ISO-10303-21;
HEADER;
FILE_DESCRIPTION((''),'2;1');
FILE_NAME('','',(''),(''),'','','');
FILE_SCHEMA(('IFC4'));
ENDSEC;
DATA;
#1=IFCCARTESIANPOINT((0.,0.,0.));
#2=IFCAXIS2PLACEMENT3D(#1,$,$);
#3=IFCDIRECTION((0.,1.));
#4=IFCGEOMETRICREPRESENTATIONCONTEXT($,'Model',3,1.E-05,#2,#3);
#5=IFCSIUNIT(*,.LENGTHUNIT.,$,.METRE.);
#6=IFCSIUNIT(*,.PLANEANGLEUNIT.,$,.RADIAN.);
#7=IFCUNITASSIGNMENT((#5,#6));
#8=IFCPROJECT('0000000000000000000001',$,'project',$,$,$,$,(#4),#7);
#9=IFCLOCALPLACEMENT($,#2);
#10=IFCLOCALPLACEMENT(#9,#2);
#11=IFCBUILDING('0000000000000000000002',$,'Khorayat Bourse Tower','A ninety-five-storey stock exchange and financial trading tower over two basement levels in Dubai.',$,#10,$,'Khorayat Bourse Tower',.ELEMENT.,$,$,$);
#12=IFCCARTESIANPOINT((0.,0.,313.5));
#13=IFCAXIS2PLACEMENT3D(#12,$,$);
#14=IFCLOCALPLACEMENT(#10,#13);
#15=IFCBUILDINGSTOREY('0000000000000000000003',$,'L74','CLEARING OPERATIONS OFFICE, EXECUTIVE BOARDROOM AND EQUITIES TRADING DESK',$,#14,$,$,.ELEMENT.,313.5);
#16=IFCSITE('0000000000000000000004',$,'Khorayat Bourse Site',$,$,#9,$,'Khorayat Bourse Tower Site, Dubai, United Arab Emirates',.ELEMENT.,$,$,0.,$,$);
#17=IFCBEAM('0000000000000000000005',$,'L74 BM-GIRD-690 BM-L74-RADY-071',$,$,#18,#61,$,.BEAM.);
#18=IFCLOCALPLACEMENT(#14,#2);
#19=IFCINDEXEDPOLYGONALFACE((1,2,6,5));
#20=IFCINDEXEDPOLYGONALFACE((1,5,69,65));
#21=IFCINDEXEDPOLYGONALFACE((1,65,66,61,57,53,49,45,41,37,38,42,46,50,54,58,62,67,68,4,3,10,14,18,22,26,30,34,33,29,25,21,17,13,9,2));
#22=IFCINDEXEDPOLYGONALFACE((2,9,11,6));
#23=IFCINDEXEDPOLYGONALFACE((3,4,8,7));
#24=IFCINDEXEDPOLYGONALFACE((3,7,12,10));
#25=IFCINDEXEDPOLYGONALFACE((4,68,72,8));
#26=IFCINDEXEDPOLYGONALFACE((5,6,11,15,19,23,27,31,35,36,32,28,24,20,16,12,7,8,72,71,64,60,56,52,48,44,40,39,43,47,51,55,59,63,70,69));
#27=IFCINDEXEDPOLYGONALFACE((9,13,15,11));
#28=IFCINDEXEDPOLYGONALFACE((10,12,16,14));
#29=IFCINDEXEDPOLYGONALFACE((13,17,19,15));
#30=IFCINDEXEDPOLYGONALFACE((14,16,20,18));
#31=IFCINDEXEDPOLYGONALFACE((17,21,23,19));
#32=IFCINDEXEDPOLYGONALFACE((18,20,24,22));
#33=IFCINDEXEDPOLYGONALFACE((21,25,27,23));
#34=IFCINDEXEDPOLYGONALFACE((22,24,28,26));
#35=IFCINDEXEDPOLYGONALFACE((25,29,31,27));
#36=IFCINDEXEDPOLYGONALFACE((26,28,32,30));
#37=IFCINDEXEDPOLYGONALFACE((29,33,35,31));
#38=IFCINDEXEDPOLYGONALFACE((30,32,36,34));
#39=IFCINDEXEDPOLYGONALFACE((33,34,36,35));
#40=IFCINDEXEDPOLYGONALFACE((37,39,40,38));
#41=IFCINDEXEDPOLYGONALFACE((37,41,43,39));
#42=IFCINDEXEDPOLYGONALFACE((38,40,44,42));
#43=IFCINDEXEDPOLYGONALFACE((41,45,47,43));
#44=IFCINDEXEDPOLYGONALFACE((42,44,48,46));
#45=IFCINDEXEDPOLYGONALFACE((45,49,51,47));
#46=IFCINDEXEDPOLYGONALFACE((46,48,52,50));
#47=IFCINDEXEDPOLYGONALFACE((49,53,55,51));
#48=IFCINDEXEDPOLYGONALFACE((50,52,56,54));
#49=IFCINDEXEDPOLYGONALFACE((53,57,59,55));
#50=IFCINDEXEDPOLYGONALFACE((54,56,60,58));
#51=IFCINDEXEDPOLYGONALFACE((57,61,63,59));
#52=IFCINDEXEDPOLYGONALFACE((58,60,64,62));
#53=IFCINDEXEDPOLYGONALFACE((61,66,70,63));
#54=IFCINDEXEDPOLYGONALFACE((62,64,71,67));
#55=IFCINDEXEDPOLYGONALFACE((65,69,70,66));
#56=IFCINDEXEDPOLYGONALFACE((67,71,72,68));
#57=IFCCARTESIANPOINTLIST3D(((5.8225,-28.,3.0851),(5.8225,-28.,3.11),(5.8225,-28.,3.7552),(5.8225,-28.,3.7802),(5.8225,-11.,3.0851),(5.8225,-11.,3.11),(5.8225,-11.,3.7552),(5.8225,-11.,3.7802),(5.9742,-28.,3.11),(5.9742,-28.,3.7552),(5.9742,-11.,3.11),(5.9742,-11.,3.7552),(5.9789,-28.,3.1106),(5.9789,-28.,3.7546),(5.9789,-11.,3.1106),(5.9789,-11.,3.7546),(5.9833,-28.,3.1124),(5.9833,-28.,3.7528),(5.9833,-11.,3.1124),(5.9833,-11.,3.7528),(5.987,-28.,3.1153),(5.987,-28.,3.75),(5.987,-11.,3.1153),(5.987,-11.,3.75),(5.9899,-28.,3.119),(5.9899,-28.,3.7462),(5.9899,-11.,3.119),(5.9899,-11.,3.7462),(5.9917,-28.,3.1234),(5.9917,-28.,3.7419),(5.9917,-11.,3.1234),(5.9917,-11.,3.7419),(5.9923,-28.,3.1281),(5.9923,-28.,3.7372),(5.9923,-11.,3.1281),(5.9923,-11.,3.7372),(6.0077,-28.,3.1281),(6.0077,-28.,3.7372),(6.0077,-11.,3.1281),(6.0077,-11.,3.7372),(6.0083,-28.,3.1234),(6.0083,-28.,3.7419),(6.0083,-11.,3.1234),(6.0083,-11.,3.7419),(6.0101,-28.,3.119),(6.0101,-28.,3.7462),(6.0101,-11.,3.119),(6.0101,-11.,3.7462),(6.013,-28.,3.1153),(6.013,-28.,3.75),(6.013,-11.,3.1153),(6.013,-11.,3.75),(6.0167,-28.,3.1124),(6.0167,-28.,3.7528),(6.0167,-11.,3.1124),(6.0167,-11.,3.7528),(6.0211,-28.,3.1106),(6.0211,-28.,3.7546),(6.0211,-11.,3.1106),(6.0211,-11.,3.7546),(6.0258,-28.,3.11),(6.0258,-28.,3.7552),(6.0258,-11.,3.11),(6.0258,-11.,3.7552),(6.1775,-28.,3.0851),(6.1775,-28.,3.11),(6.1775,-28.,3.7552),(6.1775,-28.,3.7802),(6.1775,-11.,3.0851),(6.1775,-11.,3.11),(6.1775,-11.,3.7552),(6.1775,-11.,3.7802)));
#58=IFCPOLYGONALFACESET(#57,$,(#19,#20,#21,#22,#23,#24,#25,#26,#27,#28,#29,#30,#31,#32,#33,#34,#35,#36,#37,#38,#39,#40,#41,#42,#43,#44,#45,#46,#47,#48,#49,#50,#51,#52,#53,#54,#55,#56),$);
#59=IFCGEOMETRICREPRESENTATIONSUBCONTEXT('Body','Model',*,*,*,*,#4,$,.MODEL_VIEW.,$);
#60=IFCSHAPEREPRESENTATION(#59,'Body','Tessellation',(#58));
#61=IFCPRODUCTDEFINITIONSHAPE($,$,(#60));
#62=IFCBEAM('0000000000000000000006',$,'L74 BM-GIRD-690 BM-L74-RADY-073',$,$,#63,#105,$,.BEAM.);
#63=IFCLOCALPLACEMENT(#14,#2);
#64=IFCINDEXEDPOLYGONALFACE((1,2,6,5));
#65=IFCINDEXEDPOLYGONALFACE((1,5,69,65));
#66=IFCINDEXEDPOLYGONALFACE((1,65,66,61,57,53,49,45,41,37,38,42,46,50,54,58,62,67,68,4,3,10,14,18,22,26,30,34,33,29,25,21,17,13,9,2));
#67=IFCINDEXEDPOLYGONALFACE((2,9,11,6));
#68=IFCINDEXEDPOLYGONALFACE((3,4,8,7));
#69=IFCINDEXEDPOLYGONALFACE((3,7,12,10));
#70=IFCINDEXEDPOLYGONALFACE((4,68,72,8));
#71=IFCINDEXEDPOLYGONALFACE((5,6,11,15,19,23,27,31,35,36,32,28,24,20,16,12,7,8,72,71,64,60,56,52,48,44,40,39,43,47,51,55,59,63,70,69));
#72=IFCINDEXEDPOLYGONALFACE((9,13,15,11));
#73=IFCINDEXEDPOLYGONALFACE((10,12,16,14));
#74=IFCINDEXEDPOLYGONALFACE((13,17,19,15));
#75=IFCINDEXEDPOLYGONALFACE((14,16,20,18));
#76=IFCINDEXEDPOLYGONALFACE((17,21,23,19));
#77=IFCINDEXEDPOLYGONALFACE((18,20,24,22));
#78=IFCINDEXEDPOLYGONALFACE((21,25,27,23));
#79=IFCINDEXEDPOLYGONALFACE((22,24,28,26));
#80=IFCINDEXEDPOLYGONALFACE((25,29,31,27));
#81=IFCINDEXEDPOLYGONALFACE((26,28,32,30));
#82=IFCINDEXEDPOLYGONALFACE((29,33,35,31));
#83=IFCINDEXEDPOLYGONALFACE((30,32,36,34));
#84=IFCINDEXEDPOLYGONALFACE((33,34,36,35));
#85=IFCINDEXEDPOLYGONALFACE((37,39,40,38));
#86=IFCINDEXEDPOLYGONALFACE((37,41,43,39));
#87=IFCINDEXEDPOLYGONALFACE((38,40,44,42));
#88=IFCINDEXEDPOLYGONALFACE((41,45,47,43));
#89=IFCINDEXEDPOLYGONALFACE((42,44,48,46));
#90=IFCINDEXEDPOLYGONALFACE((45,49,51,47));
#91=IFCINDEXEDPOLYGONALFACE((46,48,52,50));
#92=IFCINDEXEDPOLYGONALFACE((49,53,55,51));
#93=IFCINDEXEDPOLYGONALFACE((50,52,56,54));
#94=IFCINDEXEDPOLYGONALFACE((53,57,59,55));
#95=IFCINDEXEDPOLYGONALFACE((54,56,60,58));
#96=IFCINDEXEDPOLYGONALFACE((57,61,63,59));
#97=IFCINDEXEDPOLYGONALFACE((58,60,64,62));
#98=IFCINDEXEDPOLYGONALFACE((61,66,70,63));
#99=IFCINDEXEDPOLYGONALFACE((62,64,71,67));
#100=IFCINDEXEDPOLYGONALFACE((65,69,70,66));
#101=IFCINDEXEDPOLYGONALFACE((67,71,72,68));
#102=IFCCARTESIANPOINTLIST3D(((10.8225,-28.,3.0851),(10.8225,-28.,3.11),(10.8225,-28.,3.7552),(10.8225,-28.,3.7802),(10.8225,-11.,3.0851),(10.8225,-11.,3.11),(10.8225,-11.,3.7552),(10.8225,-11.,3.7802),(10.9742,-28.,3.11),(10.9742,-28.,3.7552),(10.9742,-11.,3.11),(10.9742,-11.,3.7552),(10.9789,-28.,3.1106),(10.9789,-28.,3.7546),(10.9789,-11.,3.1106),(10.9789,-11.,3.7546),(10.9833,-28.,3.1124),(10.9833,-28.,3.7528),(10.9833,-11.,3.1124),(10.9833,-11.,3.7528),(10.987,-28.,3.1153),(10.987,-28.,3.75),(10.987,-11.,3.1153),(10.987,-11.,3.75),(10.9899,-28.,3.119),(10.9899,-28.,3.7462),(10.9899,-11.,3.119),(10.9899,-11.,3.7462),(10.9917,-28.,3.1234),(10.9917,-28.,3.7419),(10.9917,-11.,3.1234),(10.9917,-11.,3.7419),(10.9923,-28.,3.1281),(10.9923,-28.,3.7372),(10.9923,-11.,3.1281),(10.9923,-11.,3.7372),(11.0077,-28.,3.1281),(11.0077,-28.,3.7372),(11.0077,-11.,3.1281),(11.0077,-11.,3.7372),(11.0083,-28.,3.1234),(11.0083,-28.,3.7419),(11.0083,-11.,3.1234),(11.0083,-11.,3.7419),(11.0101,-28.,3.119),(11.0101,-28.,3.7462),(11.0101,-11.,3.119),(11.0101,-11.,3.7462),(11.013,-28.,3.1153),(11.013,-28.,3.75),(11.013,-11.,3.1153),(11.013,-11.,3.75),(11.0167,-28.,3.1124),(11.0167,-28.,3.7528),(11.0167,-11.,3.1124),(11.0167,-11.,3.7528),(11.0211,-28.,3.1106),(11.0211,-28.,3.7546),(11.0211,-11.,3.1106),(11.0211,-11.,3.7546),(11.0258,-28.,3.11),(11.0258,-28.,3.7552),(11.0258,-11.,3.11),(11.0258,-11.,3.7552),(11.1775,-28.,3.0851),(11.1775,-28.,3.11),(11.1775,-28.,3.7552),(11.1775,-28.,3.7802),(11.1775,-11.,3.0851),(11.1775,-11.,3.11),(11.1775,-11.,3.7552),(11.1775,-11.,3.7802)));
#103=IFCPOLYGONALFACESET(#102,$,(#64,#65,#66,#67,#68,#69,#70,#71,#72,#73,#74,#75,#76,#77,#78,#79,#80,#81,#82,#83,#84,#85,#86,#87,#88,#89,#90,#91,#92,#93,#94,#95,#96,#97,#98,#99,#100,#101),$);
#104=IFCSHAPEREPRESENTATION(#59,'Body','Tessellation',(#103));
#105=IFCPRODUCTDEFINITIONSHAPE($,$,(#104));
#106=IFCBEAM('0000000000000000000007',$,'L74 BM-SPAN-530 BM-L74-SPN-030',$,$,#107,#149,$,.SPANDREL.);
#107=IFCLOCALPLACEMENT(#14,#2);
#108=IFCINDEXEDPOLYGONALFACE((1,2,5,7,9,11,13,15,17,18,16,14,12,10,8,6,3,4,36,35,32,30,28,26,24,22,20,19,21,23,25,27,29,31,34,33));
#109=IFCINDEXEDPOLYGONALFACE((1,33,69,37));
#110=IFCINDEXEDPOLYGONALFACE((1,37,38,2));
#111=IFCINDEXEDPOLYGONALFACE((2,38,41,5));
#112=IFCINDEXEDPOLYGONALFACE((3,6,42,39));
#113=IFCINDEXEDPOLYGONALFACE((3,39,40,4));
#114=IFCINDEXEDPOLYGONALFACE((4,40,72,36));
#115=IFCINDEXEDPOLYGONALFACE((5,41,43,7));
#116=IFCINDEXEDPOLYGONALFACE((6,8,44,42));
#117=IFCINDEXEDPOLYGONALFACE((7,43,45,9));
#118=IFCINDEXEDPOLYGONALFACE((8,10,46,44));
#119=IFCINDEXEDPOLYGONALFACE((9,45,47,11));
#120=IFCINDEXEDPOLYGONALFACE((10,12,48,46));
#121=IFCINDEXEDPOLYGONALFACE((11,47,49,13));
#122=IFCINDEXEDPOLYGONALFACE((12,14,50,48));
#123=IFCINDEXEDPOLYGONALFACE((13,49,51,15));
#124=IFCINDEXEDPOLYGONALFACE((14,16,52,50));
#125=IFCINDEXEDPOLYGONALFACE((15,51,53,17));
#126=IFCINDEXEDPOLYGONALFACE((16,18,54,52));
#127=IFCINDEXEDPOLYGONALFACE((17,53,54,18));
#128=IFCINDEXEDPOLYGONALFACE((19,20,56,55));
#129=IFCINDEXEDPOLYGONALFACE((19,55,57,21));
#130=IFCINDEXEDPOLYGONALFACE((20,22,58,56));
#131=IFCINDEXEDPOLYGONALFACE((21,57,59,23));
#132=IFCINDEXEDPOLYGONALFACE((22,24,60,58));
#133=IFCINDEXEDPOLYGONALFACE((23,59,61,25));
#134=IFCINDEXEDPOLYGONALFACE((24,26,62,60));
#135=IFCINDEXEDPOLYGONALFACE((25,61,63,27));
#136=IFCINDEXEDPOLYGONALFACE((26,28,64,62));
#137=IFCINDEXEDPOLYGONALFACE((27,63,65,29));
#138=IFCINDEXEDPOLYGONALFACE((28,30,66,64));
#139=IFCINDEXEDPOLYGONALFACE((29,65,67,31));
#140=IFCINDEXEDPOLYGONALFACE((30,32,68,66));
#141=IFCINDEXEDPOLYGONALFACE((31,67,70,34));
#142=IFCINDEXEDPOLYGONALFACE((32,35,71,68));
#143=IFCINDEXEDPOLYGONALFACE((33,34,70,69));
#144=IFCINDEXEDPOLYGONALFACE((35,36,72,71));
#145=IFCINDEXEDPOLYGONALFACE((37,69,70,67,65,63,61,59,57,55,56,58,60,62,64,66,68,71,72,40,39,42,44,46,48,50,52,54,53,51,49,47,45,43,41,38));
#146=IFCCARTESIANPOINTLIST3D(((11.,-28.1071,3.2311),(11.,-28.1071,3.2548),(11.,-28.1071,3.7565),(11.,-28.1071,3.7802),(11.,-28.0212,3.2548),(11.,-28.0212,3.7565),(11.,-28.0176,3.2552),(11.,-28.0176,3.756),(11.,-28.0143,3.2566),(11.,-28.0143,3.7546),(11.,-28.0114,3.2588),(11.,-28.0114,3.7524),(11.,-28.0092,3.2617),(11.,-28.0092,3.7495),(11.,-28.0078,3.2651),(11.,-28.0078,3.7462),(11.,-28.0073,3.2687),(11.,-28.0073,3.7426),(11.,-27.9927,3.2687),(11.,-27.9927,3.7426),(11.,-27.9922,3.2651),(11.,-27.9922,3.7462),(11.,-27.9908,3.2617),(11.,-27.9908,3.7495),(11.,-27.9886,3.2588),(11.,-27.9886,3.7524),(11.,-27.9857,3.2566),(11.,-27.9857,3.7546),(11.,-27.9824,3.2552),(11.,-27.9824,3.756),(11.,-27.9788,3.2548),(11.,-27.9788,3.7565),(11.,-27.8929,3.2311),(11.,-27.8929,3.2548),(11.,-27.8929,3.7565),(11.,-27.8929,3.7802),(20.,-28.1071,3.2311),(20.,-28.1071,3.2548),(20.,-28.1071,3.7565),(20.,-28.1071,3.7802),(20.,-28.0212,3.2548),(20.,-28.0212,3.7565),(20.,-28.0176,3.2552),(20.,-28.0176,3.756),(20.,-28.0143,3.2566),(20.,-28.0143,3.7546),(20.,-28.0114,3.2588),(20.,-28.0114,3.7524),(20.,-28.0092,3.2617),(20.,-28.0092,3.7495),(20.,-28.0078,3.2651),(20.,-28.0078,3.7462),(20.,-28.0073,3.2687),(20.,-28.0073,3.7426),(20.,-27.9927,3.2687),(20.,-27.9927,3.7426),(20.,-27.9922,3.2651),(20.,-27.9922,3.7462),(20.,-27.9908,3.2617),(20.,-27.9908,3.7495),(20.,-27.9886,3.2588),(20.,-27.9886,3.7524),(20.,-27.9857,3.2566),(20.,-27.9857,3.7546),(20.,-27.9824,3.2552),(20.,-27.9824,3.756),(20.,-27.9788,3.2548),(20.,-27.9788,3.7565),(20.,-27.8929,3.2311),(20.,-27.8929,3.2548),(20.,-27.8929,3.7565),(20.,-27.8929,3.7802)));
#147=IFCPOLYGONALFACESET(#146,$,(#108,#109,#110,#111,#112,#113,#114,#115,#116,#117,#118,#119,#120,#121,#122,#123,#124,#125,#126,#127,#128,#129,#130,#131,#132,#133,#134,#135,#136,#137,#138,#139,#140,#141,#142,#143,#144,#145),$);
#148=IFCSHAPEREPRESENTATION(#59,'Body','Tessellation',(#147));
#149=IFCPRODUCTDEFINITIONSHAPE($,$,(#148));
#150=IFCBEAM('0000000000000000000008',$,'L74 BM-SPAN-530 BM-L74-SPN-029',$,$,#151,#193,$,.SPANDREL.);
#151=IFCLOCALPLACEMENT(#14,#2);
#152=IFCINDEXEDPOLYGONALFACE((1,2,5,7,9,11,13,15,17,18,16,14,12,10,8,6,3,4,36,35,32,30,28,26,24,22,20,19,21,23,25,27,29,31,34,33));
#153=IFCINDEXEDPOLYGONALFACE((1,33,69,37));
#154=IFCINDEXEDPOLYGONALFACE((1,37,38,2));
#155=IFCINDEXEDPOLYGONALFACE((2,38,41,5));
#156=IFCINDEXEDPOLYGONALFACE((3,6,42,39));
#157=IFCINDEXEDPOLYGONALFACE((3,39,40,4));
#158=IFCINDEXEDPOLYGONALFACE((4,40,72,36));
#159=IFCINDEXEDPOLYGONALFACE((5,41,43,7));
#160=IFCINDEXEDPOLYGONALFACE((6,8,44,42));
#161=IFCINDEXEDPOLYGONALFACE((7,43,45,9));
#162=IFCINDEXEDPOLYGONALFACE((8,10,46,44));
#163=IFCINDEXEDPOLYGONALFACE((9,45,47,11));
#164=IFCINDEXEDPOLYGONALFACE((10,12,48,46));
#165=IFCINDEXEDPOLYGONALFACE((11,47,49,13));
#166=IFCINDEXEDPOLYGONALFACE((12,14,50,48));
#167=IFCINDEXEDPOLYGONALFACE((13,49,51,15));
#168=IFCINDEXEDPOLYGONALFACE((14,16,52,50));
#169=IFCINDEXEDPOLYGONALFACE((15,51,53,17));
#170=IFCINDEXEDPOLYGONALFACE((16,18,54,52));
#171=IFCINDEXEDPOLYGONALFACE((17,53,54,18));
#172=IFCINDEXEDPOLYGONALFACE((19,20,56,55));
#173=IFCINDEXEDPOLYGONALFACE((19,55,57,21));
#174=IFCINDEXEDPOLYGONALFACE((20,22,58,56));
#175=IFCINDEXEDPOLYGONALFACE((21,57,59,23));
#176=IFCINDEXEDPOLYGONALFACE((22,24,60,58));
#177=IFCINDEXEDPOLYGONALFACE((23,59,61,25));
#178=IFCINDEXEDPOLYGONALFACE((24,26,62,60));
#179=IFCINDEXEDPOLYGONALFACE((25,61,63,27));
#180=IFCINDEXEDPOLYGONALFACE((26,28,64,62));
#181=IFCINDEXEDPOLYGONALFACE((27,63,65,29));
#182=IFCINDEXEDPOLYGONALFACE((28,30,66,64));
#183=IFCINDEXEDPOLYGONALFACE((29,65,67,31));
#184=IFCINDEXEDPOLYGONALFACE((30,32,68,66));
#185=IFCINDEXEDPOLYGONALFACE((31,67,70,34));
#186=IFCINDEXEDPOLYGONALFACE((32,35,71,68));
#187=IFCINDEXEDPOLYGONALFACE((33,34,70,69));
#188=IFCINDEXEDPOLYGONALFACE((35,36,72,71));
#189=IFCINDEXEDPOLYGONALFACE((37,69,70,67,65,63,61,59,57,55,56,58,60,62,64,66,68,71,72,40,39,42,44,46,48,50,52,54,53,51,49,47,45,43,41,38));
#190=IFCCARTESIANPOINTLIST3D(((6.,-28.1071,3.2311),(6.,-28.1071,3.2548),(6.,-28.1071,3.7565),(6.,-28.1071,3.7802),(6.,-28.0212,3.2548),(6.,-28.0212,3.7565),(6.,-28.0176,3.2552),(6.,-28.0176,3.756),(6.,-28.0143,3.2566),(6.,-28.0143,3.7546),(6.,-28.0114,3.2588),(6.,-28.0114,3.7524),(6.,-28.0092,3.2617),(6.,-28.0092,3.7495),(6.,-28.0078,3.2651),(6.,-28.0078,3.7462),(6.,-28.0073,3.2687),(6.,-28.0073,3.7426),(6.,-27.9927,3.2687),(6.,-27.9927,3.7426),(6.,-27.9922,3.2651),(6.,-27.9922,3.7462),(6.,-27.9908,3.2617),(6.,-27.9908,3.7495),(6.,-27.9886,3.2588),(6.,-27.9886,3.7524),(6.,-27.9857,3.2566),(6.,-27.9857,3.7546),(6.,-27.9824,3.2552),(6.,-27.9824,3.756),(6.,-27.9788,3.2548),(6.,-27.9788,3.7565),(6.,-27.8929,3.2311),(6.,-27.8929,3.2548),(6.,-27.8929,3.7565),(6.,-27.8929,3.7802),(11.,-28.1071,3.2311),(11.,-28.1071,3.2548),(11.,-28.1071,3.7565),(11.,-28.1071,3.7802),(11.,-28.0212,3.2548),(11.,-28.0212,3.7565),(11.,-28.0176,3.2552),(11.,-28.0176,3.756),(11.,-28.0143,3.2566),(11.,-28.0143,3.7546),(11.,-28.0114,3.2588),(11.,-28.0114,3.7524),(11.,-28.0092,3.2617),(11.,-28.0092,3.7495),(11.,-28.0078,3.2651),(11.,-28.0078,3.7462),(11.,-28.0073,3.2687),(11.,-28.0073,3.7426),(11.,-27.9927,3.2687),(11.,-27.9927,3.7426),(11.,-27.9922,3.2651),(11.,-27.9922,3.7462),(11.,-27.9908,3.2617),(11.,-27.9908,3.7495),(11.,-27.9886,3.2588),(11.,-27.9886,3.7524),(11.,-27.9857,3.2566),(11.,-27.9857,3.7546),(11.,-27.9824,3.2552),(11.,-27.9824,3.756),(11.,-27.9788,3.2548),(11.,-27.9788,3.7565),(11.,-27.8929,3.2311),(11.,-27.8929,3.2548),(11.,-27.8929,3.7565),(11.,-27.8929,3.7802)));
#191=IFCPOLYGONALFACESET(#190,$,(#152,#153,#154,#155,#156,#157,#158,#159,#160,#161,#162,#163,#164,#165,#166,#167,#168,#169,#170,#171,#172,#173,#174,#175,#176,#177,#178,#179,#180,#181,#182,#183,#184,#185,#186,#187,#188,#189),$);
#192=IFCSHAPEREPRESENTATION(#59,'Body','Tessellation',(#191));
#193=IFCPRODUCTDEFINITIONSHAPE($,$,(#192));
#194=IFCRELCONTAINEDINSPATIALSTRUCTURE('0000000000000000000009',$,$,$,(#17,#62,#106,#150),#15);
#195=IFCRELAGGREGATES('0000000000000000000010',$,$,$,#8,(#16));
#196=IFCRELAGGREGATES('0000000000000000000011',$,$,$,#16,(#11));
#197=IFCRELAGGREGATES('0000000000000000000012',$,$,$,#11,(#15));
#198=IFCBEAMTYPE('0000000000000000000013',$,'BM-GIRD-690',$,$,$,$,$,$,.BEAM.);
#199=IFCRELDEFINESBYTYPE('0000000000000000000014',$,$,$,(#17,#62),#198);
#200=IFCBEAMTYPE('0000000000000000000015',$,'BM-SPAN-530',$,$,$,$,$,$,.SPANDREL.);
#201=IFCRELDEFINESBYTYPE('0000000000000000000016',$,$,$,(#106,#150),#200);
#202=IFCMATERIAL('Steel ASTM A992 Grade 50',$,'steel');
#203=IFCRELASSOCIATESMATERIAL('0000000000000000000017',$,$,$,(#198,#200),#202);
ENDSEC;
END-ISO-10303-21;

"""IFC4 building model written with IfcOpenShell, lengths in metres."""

from ifc_helpers import new_model, si_unit, direction, frame, origin, origin_2d, place, context, subcontext, project, spatial, i_section, extrude, source, transform, mapped, material, material_profile, profile_set, type_object, element, save


model = new_model("IFC4")

# Units and contexts
model_context = context("Model", 3, precision=1e-05, world=origin(), true_north=direction((0.0, 1.0)))
body_context = subcontext(model_context, "Body", "Model", "MODEL_VIEW")
ifc_project = project(units=[si_unit("LENGTHUNIT", "METRE"), si_unit("PLANEANGLEUNIT", "RADIAN")], contexts=[model_context])

# Site, building, storey
site_placement = place(None, origin())
site = spatial("IfcSite", under=ifc_project, at=site_placement, Name="Khorayat Bourse Site", LongName="Khorayat Bourse Tower Site, Dubai, United Arab Emirates", CompositionType="ELEMENT", RefElevation=0.0)
building_placement = place(site_placement, origin())
building = spatial("IfcBuilding", under=site, at=building_placement, Name="Khorayat Bourse Tower", Description="A ninety-five-storey stock exchange and financial trading tower over two basement levels in Dubai.", LongName="Khorayat Bourse Tower", CompositionType="ELEMENT")
storey_placement = place(building_placement, frame((0.0, 0.0, 313.5)))
storey = spatial("IfcBuildingStorey", under=building, at=storey_placement, Name="L74", Description="CLEARING OPERATIONS OFFICE, EXECUTIVE BOARDROOM AND EQUITIES TRADING DESK", CompositionType="ELEMENT", Elevation=313.5)

# Shared definitions
ifc_material_1 = material(Name="Steel ASTM A992 Grade 50", Category="steel")
ifc_material_profile_1 = material_profile(ifc_material_1, i_section(OverallWidth=0.355, OverallDepth=0.6951, WebThickness=0.0154, FlangeThickness=0.0249, FilletRadius=0.0181, at=origin_2d()), Name="W690X217")
ifc_profile_set_1 = profile_set([ifc_material_profile_1], Name="Steel ASTM A992 Grade 50")
beam_type_1 = type_object("IfcBeamType", Name="BM-GIRD-690", PredefinedType="BEAM", material=ifc_profile_set_1)

# Beams
shared_shape_1 = source(origin(), body_context, "Body", "SweptSolid", [
    extrude(i_section(OverallWidth=0.355, OverallDepth=0.6951, WebThickness=0.0154, FlangeThickness=0.0249, FilletRadius=0.0181, at=origin_2d()), origin(), (0.0, 0.0, 1.0), 17.0),
])
for number, where, z_axis, x_axis, name in (
    (1, (6.0, -28.0, 3.4326), (0.0, 1.0, 0.0), (-1.0, 0.0, 0.0), "L74 BM-GIRD-690 BM-L74-RADY-071"),
    (2, (11.0, -28.0, 3.4326), (0.0, 1.0, 0.0), (-1.0, 0.0, 0.0), "L74 BM-GIRD-690 BM-L74-RADY-073"),
):
    element("IfcBeam", number, at=place(storey_placement, frame(where, z_axis=z_axis, x_axis=x_axis)), inside=storey, type_object=beam_type_1, Name=name, PredefinedType="BEAM", context=body_context, shape_type="MappedRepresentation", body=[
        mapped(shared_shape_1, transform((0.0, 0.0, 0.0), scale=1.0)),
    ])
ifc_material_profile_2 = material_profile(ifc_material_1, i_section(OverallWidth=0.2141, OverallDepth=0.5491, WebThickness=0.0146, FlangeThickness=0.0237, FilletRadius=0.0139, at=origin_2d()), Name="W530X138")
ifc_profile_set_2 = profile_set([ifc_material_profile_2], Name="Steel ASTM A992 Grade 50")
beam_type_2 = type_object("IfcBeamType", Name="BM-SPAN-530", PredefinedType="SPANDREL", material=ifc_profile_set_2)
shared_shape_2 = source(origin(), body_context, "Body", "SweptSolid", [
    extrude(i_section(OverallWidth=0.2141, OverallDepth=0.5491, WebThickness=0.0146, FlangeThickness=0.0237, FilletRadius=0.0139, at=origin_2d()), origin(), (0.0, 0.0, 1.0), 9.0),
])
beam_1_placement = place(storey_placement, frame((11.0, -28.0, 3.5056), z_axis=(1.0, 0.0, 0.0), x_axis=(0.0, 1.0, 0.0)))
element("IfcBeam", 3, at=beam_1_placement, inside=storey, type_object=beam_type_2, Name="L74 BM-SPAN-530 BM-L74-SPN-030", PredefinedType="SPANDREL", context=body_context, shape_type="MappedRepresentation", body=[
    mapped(shared_shape_2, transform((0.0, 0.0, 0.0), scale=1.0)),
])
shared_shape_3 = source(origin(), body_context, "Body", "SweptSolid", [
    extrude(i_section(OverallWidth=0.2141, OverallDepth=0.5491, WebThickness=0.0146, FlangeThickness=0.0237, FilletRadius=0.0139, at=origin_2d()), origin(), (0.0, 0.0, 1.0), 5.0),
])
beam_2_placement = place(storey_placement, frame((6.0, -28.0, 3.5056), z_axis=(1.0, 0.0, 0.0), x_axis=(0.0, 1.0, 0.0)))
element("IfcBeam", 4, at=beam_2_placement, inside=storey, type_object=beam_type_2, Name="L74 BM-SPAN-530 BM-L74-SPN-029", PredefinedType="SPANDREL", context=body_context, shape_type="MappedRepresentation", body=[
    mapped(shared_shape_3, transform((0.0, 0.0, 0.0), scale=1.0)),
])

save(model, "model.ifc")
